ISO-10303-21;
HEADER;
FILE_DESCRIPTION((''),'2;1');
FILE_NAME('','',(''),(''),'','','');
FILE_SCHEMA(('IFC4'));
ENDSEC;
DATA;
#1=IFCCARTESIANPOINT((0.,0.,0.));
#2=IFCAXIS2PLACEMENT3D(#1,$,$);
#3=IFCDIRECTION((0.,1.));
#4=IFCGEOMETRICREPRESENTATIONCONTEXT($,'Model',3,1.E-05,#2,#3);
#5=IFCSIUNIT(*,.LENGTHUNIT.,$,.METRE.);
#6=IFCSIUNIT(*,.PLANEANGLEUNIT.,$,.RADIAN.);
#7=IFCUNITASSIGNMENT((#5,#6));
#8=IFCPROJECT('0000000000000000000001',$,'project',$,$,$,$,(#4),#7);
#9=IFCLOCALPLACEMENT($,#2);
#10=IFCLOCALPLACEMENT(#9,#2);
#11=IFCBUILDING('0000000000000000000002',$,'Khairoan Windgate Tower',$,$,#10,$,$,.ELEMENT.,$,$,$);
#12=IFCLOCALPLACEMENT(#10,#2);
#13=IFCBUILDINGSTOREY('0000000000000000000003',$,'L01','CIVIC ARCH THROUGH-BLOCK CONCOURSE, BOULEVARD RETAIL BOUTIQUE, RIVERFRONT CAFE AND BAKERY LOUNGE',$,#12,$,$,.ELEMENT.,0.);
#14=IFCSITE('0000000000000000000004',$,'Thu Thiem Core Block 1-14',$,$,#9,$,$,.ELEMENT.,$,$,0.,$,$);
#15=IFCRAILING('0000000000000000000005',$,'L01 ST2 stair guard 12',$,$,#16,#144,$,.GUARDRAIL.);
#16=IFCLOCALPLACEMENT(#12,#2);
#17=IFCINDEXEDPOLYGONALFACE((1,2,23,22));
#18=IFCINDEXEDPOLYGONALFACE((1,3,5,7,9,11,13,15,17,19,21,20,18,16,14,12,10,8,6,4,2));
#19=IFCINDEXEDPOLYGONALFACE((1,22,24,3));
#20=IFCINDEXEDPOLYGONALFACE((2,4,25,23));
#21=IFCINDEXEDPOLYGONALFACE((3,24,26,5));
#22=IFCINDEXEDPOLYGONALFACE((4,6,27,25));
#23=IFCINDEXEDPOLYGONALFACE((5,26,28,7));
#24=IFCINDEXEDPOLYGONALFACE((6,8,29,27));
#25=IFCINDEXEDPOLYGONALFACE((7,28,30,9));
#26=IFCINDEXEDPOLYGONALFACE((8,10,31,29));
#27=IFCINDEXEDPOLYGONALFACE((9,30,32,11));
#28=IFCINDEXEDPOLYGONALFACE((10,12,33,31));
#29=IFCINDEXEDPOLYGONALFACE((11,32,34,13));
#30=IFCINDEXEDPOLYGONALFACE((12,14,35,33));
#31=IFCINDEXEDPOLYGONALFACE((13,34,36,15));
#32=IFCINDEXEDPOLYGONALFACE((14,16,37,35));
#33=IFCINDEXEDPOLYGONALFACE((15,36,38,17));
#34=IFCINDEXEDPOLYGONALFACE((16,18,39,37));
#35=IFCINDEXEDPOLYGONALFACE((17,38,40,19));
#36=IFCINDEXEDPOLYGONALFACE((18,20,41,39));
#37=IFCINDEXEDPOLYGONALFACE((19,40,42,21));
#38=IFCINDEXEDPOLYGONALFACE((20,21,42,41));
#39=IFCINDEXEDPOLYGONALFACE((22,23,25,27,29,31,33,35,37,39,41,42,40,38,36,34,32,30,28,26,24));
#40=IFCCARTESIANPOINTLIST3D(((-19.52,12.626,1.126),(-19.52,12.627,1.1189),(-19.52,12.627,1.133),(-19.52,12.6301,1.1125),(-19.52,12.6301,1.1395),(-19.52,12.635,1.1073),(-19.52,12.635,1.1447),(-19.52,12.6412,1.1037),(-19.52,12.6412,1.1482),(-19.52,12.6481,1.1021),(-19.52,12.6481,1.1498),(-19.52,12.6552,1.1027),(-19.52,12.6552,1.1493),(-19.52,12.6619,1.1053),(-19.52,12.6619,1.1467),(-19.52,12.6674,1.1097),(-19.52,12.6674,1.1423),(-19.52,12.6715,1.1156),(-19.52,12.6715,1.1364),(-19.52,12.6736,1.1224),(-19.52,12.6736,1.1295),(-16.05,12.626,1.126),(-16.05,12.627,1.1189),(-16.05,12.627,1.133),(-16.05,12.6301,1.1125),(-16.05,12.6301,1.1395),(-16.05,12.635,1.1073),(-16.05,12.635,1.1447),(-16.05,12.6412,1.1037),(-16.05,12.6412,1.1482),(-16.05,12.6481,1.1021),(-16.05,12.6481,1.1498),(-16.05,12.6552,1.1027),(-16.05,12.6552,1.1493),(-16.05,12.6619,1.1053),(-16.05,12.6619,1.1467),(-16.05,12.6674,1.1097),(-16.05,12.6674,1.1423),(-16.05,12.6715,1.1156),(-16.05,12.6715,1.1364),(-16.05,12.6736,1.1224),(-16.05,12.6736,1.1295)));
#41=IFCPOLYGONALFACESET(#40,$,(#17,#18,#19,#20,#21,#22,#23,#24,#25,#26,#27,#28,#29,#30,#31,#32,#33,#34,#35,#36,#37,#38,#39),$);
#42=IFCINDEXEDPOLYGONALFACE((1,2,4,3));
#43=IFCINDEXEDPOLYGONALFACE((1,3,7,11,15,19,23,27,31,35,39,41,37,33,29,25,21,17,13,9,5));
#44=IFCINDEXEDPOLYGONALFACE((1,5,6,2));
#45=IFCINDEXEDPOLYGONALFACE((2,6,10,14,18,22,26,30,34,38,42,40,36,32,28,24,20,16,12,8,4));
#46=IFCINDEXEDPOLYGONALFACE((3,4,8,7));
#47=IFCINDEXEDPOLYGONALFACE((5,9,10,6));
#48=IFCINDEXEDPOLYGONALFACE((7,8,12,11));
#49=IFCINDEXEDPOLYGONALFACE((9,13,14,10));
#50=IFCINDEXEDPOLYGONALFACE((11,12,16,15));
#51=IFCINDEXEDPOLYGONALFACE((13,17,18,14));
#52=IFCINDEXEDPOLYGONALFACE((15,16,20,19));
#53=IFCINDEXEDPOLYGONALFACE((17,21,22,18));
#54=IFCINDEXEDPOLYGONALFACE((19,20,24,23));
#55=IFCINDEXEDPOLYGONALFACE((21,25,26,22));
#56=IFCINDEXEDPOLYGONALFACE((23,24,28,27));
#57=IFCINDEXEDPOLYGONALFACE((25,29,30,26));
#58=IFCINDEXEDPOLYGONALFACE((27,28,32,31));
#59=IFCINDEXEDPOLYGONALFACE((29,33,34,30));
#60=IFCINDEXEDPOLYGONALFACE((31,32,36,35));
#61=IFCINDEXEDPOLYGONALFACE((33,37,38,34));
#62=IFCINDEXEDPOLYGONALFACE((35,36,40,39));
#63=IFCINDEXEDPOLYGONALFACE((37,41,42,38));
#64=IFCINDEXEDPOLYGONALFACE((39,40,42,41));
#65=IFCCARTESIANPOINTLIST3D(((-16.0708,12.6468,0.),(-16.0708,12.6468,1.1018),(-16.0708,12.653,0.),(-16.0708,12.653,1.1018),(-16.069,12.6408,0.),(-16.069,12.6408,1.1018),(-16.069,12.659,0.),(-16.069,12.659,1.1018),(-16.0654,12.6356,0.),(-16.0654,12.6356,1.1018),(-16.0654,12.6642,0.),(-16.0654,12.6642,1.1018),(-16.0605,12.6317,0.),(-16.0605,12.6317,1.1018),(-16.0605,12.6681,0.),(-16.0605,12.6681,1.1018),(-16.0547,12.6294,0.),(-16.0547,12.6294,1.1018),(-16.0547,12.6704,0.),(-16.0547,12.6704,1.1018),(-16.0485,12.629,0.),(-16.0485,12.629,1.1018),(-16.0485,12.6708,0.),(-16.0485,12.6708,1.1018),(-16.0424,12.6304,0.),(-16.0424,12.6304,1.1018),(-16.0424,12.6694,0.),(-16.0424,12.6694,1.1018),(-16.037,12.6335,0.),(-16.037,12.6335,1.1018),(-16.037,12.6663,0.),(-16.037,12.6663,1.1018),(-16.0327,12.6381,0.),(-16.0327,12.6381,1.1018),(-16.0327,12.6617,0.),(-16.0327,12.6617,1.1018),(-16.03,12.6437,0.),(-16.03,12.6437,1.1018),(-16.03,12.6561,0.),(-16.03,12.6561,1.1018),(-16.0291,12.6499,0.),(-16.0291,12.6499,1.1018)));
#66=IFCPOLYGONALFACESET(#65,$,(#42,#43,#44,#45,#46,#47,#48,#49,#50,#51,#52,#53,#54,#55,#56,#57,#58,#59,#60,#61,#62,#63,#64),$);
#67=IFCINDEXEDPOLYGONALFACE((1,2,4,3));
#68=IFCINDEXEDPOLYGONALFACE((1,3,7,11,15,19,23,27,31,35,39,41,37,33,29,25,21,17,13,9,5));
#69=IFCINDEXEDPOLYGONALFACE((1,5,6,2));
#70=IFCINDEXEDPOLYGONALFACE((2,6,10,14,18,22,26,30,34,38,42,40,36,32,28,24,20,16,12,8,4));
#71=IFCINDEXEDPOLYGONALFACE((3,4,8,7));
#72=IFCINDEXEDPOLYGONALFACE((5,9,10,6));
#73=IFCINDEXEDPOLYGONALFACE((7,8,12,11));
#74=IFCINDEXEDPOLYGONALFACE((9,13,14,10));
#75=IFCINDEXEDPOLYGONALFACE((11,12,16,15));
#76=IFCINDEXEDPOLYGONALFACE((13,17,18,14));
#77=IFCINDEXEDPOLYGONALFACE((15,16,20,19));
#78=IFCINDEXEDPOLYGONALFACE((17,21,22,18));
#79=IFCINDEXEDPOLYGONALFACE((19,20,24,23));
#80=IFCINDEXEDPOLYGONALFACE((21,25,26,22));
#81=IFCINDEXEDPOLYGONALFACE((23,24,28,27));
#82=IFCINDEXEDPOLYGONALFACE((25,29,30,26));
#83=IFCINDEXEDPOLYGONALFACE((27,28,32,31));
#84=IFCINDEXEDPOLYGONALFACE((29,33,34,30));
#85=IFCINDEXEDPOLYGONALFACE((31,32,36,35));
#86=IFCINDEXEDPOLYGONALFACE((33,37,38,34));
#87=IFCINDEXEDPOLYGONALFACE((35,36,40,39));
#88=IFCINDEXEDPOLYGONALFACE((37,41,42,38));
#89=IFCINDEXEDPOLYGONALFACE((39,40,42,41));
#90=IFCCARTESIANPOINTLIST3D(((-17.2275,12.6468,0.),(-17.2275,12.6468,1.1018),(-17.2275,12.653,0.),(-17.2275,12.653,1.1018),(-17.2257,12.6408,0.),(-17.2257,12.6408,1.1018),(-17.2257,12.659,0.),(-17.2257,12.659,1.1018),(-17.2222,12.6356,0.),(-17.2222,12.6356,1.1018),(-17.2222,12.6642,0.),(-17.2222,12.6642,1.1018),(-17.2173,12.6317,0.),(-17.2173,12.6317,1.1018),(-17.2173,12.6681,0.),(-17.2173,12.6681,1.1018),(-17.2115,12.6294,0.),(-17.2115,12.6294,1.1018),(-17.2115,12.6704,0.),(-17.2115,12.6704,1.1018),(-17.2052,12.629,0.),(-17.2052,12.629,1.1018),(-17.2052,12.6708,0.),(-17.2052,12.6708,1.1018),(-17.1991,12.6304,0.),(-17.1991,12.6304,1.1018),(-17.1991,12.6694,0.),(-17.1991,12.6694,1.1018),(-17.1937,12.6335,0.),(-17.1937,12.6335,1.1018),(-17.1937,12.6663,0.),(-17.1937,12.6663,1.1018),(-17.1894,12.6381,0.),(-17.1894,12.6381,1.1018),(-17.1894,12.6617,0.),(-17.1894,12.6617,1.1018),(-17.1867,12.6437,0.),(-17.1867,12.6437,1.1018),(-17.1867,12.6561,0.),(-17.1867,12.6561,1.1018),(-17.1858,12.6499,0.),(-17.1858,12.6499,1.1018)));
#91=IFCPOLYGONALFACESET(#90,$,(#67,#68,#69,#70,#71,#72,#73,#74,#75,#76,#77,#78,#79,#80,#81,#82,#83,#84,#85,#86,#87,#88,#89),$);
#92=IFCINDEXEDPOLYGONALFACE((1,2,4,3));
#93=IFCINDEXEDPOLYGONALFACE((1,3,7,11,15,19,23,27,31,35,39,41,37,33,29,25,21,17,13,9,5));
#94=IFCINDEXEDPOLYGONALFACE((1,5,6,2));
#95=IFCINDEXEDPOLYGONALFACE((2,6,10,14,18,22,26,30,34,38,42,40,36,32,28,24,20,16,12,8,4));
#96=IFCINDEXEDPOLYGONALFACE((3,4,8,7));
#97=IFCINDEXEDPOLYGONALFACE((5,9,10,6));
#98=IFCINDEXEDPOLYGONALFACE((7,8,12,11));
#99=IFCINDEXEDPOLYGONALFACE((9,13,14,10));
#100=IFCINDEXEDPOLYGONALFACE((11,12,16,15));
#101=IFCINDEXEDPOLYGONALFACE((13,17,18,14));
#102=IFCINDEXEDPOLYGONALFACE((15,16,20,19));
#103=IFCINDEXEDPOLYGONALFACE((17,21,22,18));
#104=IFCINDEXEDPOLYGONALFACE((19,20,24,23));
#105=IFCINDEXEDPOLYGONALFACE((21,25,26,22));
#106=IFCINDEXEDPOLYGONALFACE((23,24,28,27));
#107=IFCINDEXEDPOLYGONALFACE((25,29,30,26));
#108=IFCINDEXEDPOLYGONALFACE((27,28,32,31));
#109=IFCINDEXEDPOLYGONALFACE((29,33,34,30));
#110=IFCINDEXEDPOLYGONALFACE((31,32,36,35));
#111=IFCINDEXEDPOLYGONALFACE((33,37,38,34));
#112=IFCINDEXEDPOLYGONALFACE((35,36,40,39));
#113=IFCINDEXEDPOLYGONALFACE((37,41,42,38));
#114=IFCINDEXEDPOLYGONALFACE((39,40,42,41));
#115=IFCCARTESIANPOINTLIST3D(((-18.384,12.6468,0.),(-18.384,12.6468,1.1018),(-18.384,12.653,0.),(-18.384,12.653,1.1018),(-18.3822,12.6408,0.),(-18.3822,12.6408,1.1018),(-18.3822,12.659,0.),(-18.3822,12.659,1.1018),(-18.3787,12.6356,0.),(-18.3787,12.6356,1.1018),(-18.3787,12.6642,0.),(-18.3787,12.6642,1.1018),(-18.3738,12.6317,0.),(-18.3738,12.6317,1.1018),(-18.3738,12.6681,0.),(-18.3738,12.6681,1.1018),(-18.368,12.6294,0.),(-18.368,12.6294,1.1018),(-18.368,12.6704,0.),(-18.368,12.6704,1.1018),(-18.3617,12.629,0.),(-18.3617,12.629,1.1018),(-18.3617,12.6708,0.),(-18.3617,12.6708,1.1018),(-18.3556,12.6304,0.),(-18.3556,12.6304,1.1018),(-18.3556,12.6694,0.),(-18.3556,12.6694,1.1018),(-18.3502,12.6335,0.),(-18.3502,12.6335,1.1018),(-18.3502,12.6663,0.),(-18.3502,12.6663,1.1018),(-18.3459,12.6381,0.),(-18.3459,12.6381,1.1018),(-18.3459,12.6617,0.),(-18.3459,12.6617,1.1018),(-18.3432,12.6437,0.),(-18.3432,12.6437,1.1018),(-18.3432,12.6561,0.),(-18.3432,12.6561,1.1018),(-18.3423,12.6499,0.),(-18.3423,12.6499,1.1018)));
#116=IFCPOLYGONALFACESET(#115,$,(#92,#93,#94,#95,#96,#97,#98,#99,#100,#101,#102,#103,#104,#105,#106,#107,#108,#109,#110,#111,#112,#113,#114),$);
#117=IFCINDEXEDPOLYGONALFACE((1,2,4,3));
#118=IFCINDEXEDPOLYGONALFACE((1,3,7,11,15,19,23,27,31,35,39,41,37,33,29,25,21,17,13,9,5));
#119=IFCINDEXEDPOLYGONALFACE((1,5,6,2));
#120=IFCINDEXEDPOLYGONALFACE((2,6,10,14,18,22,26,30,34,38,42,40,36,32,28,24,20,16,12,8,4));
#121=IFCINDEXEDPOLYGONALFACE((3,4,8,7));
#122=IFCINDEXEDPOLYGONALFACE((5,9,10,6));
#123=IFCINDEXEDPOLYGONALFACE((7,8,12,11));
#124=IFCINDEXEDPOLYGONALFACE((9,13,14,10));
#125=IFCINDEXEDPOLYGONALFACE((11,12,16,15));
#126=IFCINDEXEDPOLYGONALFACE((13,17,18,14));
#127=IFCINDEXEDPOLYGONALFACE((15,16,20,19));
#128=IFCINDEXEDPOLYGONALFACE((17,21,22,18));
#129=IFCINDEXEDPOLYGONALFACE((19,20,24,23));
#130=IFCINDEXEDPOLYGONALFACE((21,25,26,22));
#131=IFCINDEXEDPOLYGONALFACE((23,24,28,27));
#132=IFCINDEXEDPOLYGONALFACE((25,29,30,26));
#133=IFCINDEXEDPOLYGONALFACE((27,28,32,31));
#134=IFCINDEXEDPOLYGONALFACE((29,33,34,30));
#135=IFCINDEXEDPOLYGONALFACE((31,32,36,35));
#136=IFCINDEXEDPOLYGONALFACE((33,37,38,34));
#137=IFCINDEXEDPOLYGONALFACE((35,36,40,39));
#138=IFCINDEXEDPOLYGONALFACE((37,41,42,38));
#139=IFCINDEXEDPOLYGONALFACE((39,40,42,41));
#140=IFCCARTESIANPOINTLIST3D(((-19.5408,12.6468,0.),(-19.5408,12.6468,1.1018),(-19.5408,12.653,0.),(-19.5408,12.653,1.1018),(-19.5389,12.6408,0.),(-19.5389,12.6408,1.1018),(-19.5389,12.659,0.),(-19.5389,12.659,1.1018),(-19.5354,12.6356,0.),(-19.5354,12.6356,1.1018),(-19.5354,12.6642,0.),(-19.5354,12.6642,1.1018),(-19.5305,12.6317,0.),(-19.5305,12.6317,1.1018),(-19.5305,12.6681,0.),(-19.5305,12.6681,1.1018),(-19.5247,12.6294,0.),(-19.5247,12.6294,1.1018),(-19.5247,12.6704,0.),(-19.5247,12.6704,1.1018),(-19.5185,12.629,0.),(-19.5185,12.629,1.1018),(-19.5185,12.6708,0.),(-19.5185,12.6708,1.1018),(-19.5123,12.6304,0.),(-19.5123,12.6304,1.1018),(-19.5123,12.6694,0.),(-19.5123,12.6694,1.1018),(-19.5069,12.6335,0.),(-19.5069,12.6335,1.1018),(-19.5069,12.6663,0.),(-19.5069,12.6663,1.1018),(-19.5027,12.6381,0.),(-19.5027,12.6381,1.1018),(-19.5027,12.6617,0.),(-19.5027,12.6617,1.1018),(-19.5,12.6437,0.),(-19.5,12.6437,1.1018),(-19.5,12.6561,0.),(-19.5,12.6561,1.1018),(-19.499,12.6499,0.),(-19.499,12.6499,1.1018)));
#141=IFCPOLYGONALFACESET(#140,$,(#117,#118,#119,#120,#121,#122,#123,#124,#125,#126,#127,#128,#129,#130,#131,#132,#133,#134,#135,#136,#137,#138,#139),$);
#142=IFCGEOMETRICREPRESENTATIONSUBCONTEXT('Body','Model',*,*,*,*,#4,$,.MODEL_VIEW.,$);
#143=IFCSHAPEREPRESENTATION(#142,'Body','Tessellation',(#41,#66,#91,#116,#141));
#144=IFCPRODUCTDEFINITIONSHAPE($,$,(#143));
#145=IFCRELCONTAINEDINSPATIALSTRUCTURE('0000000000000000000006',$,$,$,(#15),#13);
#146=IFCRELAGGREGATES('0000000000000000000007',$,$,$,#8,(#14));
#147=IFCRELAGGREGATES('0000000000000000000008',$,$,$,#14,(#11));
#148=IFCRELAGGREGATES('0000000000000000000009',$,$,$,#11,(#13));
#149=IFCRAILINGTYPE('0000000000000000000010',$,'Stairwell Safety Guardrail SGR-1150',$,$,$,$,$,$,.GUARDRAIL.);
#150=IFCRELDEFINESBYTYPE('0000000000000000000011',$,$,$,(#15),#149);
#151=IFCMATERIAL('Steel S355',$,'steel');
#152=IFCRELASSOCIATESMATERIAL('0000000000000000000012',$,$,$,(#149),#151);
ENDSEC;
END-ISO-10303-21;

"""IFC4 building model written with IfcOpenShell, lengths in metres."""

from ifc_helpers import new_model, si_unit, direction, frame, origin, origin_2d, place, context, subcontext, project, spatial, circle, extrude, material, type_object, element, save


model = new_model("IFC4")

# Units and contexts
model_context = context("Model", 3, precision=1e-05, world=origin(), true_north=direction((0.0, 1.0)))
body_context = subcontext(model_context, "Body", "Model", "MODEL_VIEW")
ifc_project = project(units=[si_unit("LENGTHUNIT", "METRE"), si_unit("PLANEANGLEUNIT", "RADIAN")], contexts=[model_context])

# Site, building, storey
site_placement = place(None, origin())
site = spatial("IfcSite", under=ifc_project, at=site_placement, Name="Thu Thiem Core Block 1-14", CompositionType="ELEMENT", RefElevation=0.0)
building_placement = place(site_placement, origin())
building = spatial("IfcBuilding", under=site, at=building_placement, Name="Khairoan Windgate Tower", CompositionType="ELEMENT")
storey_placement = place(building_placement, origin())
storey = spatial("IfcBuildingStorey", under=building, at=storey_placement, Name="L01", Description="CIVIC ARCH THROUGH-BLOCK CONCOURSE, BOULEVARD RETAIL BOUTIQUE, RIVERFRONT CAFE AND BAKERY LOUNGE", CompositionType="ELEMENT", Elevation=0.0)

# Railing
ifc_material_1 = material(Name="Steel S355", Category="steel")
railing_type = type_object("IfcRailingType", Name="Stairwell Safety Guardrail SGR-1150", PredefinedType="GUARDRAIL", material=ifc_material_1)
railing_1_placement = place(storey_placement, frame((-16.05, 12.6499, 0.0)))
element("IfcRailing", 1, at=railing_1_placement, inside=storey, type_object=railing_type, Name="L01 ST2 stair guard 12", PredefinedType="GUARDRAIL", context=body_context, shape_type="SweptSolid", body=[
    extrude(circle(Radius=0.0239, at=origin_2d()), frame((0.0, 0.0, 1.126), z_axis=(-1.0, 0.0, 0.0), x_axis=(0.0, -1.0, 0.0)), (0.0, 0.0, 1.0), 3.47),
    extrude(circle(Radius=0.021, at=origin_2d()), origin(), (0.0, 0.0, 1.0), 1.1018),
    extrude(circle(Radius=0.021, at=origin_2d()), frame((-1.1567, 0.0, 0.0)), (0.0, 0.0, 1.0), 1.1018),
    extrude(circle(Radius=0.021, at=origin_2d()), frame((-2.3132, 0.0, 0.0)), (0.0, 0.0, 1.0), 1.1018),
    extrude(circle(Radius=0.021, at=origin_2d()), frame((-3.47, 0.0, 0.0)), (0.0, 0.0, 1.0), 1.1018),
])

save(model, "model.ifc")
